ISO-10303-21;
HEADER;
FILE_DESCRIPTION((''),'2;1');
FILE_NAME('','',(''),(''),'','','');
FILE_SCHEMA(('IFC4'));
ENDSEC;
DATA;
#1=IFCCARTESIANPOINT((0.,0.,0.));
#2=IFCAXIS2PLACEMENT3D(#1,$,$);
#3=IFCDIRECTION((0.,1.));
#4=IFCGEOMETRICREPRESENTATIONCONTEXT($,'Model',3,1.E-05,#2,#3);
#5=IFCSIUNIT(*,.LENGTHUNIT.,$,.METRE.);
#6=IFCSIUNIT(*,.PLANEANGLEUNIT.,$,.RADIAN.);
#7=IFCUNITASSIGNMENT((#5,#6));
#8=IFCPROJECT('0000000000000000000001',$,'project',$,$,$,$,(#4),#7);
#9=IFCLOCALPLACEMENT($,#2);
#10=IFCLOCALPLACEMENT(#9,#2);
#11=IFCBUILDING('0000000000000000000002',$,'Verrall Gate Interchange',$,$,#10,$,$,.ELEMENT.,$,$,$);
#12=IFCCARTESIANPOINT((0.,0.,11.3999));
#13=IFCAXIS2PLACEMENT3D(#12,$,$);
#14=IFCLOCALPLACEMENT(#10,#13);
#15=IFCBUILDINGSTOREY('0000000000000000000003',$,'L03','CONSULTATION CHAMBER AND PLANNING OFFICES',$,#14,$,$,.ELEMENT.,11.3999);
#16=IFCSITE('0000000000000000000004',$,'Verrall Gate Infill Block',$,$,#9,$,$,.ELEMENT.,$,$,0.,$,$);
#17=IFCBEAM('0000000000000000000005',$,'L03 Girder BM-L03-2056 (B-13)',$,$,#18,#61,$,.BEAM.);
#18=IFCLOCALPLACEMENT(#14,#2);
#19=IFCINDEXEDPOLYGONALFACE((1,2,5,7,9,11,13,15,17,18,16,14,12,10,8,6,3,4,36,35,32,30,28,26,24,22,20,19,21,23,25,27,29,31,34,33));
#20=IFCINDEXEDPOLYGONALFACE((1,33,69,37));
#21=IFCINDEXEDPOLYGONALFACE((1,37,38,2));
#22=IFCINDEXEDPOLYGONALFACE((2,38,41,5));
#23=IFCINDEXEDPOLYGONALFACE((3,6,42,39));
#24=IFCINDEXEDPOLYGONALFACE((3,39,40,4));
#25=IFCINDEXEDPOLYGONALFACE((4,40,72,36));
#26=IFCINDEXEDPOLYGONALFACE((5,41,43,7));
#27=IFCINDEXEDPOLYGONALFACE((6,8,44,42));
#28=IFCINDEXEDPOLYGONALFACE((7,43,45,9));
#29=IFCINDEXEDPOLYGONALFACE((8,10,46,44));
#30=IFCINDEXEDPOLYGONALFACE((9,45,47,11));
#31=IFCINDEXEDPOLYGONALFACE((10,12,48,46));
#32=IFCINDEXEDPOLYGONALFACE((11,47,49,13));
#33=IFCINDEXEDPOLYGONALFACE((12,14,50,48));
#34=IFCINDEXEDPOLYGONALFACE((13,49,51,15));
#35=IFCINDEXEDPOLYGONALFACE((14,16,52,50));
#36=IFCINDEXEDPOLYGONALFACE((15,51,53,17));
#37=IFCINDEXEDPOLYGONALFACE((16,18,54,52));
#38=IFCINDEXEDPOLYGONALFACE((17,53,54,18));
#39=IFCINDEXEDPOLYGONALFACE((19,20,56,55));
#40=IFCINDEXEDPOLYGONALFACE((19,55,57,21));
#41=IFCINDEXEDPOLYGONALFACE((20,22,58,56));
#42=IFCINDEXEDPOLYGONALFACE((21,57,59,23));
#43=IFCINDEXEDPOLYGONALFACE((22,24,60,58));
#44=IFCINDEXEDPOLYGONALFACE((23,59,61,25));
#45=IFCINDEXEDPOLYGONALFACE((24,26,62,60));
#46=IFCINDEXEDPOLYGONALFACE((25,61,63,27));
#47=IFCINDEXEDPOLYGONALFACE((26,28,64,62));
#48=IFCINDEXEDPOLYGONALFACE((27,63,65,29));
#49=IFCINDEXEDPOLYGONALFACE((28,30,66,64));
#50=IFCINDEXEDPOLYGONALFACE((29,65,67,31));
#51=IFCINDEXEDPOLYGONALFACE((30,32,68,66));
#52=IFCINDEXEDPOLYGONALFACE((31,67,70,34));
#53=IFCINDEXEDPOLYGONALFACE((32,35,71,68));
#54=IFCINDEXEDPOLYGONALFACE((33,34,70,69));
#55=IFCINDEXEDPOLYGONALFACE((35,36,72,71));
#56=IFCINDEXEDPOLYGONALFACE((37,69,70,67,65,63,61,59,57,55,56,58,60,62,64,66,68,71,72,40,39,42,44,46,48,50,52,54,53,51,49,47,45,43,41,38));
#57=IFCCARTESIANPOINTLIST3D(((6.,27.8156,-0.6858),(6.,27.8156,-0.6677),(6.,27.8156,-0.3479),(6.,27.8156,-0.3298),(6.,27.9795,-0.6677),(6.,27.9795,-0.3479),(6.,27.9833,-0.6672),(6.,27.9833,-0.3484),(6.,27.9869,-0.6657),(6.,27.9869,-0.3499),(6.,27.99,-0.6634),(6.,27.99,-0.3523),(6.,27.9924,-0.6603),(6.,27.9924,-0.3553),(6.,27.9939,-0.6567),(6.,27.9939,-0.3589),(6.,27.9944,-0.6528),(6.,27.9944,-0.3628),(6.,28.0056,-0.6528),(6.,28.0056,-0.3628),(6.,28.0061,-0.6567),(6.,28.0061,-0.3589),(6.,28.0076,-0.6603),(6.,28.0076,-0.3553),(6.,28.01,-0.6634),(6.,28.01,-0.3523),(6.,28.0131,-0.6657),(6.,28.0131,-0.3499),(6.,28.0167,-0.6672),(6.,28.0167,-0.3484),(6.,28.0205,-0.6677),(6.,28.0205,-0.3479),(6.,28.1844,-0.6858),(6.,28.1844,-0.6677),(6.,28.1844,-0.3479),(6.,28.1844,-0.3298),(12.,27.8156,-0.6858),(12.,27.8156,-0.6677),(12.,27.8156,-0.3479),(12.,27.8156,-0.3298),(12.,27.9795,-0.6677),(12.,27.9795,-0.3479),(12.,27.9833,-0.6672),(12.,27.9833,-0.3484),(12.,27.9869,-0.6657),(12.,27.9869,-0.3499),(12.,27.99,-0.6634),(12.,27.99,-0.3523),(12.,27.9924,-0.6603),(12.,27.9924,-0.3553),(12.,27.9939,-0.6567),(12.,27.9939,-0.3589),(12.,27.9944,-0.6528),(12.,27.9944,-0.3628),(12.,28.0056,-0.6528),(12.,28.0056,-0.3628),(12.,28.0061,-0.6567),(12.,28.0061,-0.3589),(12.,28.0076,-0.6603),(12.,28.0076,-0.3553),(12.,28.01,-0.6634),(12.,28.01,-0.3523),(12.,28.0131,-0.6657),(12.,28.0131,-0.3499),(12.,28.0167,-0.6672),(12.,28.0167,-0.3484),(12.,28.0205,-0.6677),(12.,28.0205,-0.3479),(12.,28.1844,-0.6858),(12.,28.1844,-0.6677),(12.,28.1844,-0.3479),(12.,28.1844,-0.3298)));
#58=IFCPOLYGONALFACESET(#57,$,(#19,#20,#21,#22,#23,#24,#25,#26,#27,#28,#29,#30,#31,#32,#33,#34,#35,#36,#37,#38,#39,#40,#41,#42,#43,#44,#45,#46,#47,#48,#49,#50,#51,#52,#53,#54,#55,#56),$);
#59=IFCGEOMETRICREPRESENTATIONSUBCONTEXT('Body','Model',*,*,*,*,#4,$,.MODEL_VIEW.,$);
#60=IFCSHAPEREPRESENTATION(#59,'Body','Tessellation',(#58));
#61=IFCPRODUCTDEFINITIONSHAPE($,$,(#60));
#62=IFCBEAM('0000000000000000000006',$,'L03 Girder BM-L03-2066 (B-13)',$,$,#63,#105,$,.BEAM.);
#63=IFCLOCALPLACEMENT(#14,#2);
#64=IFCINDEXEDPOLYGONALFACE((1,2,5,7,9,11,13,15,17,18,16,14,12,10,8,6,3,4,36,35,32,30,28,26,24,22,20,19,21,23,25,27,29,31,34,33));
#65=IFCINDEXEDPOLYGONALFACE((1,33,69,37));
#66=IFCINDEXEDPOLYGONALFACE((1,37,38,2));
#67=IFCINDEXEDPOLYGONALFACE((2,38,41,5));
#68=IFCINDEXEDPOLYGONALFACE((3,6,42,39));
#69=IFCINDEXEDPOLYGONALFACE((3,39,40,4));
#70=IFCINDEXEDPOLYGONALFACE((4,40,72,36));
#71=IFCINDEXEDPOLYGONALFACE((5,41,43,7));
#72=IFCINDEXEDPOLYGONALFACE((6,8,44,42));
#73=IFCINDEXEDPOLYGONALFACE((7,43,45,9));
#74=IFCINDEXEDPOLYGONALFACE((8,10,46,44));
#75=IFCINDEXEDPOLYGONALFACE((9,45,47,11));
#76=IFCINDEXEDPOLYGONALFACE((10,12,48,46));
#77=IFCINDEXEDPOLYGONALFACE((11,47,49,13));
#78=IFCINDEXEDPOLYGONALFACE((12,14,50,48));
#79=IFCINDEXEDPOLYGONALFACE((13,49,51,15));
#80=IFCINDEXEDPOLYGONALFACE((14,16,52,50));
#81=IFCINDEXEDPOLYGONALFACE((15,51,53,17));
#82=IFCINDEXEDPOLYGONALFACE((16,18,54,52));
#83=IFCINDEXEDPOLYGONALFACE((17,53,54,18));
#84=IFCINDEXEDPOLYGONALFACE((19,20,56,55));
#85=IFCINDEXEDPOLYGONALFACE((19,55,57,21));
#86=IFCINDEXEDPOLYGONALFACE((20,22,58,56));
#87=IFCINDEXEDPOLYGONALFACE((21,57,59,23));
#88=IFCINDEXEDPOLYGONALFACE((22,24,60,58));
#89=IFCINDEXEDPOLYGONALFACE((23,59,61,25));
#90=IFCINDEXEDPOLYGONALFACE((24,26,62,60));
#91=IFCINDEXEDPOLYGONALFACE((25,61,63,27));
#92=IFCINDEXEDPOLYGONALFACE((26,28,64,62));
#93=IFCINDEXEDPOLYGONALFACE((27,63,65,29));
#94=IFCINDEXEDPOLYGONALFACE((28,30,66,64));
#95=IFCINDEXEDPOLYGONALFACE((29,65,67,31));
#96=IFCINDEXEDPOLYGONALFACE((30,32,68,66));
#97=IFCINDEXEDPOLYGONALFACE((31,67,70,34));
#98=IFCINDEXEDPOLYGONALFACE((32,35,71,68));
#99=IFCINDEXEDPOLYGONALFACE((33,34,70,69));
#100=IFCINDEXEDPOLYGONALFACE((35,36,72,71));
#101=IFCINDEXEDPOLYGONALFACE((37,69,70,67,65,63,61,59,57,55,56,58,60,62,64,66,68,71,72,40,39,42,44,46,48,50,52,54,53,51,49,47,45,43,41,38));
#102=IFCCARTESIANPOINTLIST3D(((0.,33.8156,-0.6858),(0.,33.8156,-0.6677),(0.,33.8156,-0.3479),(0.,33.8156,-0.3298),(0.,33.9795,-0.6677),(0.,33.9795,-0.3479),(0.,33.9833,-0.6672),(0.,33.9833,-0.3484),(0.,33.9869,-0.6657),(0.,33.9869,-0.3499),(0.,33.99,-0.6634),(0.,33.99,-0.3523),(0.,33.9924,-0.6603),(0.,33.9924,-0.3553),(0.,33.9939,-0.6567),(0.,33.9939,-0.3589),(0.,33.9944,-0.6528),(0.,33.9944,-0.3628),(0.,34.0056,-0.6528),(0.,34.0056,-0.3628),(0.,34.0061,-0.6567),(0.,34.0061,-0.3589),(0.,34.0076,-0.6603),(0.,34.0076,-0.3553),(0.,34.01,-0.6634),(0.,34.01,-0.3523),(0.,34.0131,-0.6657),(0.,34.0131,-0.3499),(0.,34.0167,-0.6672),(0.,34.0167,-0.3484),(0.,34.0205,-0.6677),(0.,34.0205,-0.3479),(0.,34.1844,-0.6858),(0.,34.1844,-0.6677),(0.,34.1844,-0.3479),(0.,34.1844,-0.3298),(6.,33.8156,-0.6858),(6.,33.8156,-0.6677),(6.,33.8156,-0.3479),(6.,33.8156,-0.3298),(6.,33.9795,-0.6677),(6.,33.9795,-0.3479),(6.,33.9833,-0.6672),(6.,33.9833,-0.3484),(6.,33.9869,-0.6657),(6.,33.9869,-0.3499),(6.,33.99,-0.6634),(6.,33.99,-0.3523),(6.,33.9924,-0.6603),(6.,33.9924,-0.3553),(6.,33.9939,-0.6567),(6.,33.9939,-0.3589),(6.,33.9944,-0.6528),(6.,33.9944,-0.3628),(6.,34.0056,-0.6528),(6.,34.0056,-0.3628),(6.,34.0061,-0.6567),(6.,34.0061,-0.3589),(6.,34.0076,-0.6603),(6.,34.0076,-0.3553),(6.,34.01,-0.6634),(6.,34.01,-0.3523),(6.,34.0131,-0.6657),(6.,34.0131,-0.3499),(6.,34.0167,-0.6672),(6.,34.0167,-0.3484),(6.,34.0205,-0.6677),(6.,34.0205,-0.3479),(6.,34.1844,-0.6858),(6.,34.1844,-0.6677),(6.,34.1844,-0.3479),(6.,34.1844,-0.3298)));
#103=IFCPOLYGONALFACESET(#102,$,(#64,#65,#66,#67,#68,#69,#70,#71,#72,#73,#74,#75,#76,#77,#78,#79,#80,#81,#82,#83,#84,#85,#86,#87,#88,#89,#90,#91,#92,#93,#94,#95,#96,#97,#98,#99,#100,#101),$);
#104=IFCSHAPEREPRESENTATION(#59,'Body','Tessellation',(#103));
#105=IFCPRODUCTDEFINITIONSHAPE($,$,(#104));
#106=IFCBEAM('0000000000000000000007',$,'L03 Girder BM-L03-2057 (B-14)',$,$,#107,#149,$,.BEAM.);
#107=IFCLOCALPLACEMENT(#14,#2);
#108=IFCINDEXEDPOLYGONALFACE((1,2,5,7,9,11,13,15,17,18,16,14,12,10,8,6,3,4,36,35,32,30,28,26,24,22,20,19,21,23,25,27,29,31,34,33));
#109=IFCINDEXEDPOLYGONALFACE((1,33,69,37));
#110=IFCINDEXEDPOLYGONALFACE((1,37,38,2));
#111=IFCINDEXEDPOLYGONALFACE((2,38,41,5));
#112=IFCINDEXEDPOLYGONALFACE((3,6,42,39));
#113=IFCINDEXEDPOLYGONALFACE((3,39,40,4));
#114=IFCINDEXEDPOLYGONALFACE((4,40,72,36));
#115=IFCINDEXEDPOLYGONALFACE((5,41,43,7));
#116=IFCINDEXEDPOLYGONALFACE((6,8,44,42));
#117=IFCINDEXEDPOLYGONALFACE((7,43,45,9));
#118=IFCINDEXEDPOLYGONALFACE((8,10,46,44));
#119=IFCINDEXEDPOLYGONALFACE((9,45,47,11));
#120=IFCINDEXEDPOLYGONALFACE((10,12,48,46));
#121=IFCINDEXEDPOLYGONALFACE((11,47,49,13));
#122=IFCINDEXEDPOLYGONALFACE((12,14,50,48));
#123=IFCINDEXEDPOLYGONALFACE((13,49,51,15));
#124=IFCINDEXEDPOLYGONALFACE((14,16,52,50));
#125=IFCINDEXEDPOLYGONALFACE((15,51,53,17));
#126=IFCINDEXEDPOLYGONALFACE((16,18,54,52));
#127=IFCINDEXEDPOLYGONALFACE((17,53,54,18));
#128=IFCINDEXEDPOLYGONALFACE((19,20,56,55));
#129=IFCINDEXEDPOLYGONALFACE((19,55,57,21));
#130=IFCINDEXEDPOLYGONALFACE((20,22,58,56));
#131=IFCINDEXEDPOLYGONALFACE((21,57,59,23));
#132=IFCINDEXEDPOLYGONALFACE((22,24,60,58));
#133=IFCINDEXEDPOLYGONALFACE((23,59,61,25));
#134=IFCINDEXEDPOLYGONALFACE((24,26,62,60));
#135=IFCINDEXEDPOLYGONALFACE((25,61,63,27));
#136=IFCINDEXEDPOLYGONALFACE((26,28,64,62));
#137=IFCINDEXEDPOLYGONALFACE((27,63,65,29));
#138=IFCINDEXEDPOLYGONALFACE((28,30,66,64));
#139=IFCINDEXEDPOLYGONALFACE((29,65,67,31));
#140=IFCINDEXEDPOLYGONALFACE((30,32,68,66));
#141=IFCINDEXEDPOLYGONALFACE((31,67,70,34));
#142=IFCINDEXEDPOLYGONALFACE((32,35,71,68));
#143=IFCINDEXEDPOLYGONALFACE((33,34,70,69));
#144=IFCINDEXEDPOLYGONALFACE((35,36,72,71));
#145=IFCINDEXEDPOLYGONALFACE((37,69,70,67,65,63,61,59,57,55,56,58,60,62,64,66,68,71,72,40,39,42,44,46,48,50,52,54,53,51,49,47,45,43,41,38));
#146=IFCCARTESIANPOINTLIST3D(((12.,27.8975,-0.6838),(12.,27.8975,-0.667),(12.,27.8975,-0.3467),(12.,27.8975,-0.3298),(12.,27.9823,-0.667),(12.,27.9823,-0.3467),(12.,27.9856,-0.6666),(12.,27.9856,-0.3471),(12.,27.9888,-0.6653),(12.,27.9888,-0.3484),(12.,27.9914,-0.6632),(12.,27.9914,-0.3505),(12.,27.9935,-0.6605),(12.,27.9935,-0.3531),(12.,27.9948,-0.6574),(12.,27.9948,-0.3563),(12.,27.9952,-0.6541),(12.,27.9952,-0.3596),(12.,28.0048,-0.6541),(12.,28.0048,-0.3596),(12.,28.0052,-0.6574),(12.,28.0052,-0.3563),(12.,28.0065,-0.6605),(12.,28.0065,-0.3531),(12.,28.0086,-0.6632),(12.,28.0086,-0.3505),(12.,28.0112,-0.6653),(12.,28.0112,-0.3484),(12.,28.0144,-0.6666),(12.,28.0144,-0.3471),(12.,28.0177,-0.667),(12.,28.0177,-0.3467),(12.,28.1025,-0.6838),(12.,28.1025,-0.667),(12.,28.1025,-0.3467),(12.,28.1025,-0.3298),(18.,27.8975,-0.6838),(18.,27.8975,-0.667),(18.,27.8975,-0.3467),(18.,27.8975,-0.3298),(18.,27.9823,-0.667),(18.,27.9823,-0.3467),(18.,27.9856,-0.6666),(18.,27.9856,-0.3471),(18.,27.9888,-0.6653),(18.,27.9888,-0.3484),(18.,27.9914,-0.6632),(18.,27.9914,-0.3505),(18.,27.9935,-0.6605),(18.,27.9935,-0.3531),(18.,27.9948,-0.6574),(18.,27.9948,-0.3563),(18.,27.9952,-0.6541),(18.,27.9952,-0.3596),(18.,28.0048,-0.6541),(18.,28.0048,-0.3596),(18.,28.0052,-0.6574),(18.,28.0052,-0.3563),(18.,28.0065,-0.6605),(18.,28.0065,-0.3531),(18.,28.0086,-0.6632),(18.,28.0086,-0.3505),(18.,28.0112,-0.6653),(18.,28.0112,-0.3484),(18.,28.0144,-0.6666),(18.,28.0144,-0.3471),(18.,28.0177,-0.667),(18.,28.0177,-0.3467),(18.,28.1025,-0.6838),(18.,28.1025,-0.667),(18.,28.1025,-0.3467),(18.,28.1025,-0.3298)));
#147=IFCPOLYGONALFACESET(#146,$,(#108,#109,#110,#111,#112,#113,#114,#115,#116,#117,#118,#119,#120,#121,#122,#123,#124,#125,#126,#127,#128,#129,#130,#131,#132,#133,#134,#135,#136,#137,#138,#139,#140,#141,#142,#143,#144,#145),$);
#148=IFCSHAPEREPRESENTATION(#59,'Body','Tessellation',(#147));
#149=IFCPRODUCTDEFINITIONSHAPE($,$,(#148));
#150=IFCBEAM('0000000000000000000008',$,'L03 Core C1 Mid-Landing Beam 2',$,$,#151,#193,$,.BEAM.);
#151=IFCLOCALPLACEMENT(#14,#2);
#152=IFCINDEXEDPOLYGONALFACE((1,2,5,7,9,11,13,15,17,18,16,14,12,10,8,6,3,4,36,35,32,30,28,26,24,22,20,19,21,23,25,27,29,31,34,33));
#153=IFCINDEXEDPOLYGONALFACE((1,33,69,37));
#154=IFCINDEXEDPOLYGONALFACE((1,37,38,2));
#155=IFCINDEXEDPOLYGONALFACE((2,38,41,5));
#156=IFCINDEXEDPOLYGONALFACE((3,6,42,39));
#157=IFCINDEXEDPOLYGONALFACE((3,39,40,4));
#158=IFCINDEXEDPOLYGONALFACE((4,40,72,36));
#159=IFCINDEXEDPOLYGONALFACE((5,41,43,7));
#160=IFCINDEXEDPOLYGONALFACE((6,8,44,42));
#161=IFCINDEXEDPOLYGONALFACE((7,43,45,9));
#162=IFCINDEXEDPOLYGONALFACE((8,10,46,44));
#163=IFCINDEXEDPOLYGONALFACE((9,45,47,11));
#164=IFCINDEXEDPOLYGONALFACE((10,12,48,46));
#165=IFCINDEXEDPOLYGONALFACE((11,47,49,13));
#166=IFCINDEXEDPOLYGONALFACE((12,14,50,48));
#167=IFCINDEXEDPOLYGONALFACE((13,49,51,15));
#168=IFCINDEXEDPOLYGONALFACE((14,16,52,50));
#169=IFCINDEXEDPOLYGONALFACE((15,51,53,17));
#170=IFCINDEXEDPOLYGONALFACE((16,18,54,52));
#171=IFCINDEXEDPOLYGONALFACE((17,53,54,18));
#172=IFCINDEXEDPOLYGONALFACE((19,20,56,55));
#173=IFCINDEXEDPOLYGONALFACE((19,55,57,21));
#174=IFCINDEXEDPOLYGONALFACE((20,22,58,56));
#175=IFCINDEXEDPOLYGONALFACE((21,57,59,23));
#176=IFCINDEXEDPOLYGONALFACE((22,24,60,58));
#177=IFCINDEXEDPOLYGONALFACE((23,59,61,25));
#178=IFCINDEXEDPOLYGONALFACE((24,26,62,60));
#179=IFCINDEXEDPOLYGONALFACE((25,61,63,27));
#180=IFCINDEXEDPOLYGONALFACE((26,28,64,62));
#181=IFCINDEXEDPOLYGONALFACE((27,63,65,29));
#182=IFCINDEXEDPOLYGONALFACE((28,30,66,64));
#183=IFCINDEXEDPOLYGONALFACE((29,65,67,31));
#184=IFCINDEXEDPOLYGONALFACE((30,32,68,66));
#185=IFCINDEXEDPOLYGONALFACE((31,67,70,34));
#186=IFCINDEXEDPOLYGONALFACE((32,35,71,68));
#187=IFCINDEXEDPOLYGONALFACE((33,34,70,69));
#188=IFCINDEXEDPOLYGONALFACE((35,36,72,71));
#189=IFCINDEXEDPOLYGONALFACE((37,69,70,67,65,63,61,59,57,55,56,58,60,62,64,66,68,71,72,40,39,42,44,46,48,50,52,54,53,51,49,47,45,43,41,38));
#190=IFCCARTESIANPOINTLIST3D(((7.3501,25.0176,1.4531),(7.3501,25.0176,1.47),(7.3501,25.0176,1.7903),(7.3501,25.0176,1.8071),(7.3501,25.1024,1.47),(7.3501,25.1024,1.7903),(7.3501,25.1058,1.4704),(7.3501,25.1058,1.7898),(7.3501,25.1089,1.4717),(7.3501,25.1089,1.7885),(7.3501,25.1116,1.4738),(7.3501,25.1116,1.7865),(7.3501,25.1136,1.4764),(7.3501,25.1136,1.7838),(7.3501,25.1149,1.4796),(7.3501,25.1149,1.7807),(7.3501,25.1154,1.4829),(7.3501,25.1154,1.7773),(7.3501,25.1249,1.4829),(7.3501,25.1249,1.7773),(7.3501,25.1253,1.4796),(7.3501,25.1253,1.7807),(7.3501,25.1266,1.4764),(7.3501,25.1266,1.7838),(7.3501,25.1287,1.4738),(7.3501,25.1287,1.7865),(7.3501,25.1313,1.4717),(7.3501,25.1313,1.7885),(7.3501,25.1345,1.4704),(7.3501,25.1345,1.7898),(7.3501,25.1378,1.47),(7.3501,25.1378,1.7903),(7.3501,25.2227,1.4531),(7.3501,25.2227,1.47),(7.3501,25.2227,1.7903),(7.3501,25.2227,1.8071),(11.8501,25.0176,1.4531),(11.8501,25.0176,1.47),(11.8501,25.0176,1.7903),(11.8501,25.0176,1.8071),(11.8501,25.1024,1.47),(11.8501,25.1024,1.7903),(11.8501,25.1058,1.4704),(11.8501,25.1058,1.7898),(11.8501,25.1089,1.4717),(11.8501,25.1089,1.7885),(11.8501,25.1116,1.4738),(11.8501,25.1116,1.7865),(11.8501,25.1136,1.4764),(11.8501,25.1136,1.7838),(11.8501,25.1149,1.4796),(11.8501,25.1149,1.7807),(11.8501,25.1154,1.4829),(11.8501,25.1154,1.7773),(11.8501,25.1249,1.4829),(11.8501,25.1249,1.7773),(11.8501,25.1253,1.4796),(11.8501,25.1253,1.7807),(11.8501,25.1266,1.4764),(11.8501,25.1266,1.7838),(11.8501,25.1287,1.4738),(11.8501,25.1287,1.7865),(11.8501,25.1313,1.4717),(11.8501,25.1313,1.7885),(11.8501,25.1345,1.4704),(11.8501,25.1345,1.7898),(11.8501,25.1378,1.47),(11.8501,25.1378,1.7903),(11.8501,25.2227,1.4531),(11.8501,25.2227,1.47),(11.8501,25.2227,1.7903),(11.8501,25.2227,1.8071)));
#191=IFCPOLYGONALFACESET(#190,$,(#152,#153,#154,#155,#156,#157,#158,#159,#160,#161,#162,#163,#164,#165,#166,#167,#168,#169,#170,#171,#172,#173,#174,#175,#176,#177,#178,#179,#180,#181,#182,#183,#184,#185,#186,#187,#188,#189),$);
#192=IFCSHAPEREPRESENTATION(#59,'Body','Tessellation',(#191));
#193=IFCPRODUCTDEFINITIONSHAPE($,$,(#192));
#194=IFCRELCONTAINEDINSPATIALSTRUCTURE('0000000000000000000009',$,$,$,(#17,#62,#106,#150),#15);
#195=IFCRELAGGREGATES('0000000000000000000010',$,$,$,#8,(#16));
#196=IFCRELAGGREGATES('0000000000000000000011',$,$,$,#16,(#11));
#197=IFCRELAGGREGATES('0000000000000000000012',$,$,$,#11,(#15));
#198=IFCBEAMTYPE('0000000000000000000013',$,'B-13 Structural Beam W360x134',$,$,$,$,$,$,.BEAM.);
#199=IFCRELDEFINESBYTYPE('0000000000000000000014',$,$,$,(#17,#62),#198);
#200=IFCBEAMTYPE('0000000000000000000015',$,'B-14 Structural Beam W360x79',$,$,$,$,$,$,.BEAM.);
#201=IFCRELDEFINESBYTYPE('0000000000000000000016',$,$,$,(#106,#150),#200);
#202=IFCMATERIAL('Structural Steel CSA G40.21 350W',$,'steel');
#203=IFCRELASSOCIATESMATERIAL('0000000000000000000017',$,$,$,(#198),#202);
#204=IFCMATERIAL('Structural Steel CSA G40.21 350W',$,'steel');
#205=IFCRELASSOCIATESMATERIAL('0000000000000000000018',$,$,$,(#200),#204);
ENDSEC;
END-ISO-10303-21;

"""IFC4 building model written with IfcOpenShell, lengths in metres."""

from ifc_helpers import new_model, si_unit, direction, frame, origin, origin_2d, place, context, subcontext, project, spatial, i_section, extrude, material, material_profile, profile_set, type_object, element, save


model = new_model("IFC4")

# Units and contexts
model_context = context("Model", 3, precision=1e-05, world=origin(), true_north=direction((0.0, 1.0)))
body_context = subcontext(model_context, "Body", "Model", "MODEL_VIEW")
ifc_project = project(units=[si_unit("LENGTHUNIT", "METRE"), si_unit("PLANEANGLEUNIT", "RADIAN")], contexts=[model_context])

# Site, building, storey
site_placement = place(None, origin())
site = spatial("IfcSite", under=ifc_project, at=site_placement, Name="Verrall Gate Infill Block", CompositionType="ELEMENT", RefElevation=0.0)
building_placement = place(site_placement, origin())
building = spatial("IfcBuilding", under=site, at=building_placement, Name="Verrall Gate Interchange", CompositionType="ELEMENT")
storey_placement = place(building_placement, frame((0.0, 0.0, 11.3999)))
storey = spatial("IfcBuildingStorey", under=building, at=storey_placement, Name="L03", Description="CONSULTATION CHAMBER AND PLANNING OFFICES", CompositionType="ELEMENT", Elevation=11.3999)

# Beams
ifc_material_1 = material(Name="Structural Steel CSA G40.21 350W", Category="steel")
ifc_material_profile_1 = material_profile(ifc_material_1, i_section(OverallWidth=0.3689, OverallDepth=0.356, WebThickness=0.0112, FlangeThickness=0.0181, FilletRadius=0.0149, at=origin_2d()), Name="W360x134")
ifc_profile_set_1 = profile_set([ifc_material_profile_1], Name="Structural Steel CSA G40.21 350W")
beam_type_1 = type_object("IfcBeamType", Name="B-13 Structural Beam W360x134", PredefinedType="BEAM", material=ifc_profile_set_1)
for number, where, z_axis, x_axis, name in (
    (1, (6.0, 28.0, -0.5078), (1.0, 0.0, 0.0), (0.0, 1.0, 0.0), "L03 Girder BM-L03-2056 (B-13)"),
    (2, (0.0, 34.0, -0.5078), (1.0, 0.0, 0.0), (0.0, 1.0, 0.0), "L03 Girder BM-L03-2066 (B-13)"),
):
    element("IfcBeam", number, at=place(storey_placement, frame(where, z_axis=z_axis, x_axis=x_axis)), inside=storey, type_object=beam_type_1, Name=name, PredefinedType="BEAM", context=body_context, shape_type="SweptSolid", body=[
        extrude(i_section(OverallWidth=0.3689, OverallDepth=0.356, WebThickness=0.0112, FlangeThickness=0.0181, FilletRadius=0.0149, at=origin_2d()), origin(), (0.0, 0.0, 1.0), 6.0),
    ])
ifc_material_2 = material(Name="Structural Steel CSA G40.21 350W", Category="steel")
ifc_material_profile_2 = material_profile(ifc_material_2, i_section(OverallWidth=0.2051, OverallDepth=0.354, WebThickness=0.0095, FlangeThickness=0.0168, FilletRadius=0.0129, at=origin_2d()), Name="W360x79")
ifc_profile_set_2 = profile_set([ifc_material_profile_2], Name="Structural Steel CSA G40.21 350W")
beam_type_2 = type_object("IfcBeamType", Name="B-14 Structural Beam W360x79", PredefinedType="BEAM", material=ifc_profile_set_2)
beam_1_placement = place(storey_placement, frame((12.0, 28.0, -0.5068), z_axis=(1.0, 0.0, 0.0), x_axis=(0.0, 1.0, 0.0)))
element("IfcBeam", 3, at=beam_1_placement, inside=storey, type_object=beam_type_2, Name="L03 Girder BM-L03-2057 (B-14)", PredefinedType="BEAM", context=body_context, shape_type="SweptSolid", body=[
    extrude(i_section(OverallWidth=0.2051, OverallDepth=0.354, WebThickness=0.0095, FlangeThickness=0.0168, FilletRadius=0.0129, at=origin_2d()), origin(), (0.0, 0.0, 1.0), 6.0),
])
beam_2_placement = place(storey_placement, frame((7.3501, 25.1201, 1.6301), z_axis=(1.0, 0.0, 0.0), x_axis=(0.0, 1.0, 0.0)))
element("IfcBeam", 4, at=beam_2_placement, inside=storey, type_object=beam_type_2, Name="L03 Core C1 Mid-Landing Beam 2", PredefinedType="BEAM", context=body_context, shape_type="SweptSolid", body=[
    extrude(i_section(OverallWidth=0.2051, OverallDepth=0.354, WebThickness=0.0095, FlangeThickness=0.0168, FilletRadius=0.0129, at=origin_2d()), origin(), (0.0, 0.0, 1.0), 4.5),
])

save(model, "model.ifc")
